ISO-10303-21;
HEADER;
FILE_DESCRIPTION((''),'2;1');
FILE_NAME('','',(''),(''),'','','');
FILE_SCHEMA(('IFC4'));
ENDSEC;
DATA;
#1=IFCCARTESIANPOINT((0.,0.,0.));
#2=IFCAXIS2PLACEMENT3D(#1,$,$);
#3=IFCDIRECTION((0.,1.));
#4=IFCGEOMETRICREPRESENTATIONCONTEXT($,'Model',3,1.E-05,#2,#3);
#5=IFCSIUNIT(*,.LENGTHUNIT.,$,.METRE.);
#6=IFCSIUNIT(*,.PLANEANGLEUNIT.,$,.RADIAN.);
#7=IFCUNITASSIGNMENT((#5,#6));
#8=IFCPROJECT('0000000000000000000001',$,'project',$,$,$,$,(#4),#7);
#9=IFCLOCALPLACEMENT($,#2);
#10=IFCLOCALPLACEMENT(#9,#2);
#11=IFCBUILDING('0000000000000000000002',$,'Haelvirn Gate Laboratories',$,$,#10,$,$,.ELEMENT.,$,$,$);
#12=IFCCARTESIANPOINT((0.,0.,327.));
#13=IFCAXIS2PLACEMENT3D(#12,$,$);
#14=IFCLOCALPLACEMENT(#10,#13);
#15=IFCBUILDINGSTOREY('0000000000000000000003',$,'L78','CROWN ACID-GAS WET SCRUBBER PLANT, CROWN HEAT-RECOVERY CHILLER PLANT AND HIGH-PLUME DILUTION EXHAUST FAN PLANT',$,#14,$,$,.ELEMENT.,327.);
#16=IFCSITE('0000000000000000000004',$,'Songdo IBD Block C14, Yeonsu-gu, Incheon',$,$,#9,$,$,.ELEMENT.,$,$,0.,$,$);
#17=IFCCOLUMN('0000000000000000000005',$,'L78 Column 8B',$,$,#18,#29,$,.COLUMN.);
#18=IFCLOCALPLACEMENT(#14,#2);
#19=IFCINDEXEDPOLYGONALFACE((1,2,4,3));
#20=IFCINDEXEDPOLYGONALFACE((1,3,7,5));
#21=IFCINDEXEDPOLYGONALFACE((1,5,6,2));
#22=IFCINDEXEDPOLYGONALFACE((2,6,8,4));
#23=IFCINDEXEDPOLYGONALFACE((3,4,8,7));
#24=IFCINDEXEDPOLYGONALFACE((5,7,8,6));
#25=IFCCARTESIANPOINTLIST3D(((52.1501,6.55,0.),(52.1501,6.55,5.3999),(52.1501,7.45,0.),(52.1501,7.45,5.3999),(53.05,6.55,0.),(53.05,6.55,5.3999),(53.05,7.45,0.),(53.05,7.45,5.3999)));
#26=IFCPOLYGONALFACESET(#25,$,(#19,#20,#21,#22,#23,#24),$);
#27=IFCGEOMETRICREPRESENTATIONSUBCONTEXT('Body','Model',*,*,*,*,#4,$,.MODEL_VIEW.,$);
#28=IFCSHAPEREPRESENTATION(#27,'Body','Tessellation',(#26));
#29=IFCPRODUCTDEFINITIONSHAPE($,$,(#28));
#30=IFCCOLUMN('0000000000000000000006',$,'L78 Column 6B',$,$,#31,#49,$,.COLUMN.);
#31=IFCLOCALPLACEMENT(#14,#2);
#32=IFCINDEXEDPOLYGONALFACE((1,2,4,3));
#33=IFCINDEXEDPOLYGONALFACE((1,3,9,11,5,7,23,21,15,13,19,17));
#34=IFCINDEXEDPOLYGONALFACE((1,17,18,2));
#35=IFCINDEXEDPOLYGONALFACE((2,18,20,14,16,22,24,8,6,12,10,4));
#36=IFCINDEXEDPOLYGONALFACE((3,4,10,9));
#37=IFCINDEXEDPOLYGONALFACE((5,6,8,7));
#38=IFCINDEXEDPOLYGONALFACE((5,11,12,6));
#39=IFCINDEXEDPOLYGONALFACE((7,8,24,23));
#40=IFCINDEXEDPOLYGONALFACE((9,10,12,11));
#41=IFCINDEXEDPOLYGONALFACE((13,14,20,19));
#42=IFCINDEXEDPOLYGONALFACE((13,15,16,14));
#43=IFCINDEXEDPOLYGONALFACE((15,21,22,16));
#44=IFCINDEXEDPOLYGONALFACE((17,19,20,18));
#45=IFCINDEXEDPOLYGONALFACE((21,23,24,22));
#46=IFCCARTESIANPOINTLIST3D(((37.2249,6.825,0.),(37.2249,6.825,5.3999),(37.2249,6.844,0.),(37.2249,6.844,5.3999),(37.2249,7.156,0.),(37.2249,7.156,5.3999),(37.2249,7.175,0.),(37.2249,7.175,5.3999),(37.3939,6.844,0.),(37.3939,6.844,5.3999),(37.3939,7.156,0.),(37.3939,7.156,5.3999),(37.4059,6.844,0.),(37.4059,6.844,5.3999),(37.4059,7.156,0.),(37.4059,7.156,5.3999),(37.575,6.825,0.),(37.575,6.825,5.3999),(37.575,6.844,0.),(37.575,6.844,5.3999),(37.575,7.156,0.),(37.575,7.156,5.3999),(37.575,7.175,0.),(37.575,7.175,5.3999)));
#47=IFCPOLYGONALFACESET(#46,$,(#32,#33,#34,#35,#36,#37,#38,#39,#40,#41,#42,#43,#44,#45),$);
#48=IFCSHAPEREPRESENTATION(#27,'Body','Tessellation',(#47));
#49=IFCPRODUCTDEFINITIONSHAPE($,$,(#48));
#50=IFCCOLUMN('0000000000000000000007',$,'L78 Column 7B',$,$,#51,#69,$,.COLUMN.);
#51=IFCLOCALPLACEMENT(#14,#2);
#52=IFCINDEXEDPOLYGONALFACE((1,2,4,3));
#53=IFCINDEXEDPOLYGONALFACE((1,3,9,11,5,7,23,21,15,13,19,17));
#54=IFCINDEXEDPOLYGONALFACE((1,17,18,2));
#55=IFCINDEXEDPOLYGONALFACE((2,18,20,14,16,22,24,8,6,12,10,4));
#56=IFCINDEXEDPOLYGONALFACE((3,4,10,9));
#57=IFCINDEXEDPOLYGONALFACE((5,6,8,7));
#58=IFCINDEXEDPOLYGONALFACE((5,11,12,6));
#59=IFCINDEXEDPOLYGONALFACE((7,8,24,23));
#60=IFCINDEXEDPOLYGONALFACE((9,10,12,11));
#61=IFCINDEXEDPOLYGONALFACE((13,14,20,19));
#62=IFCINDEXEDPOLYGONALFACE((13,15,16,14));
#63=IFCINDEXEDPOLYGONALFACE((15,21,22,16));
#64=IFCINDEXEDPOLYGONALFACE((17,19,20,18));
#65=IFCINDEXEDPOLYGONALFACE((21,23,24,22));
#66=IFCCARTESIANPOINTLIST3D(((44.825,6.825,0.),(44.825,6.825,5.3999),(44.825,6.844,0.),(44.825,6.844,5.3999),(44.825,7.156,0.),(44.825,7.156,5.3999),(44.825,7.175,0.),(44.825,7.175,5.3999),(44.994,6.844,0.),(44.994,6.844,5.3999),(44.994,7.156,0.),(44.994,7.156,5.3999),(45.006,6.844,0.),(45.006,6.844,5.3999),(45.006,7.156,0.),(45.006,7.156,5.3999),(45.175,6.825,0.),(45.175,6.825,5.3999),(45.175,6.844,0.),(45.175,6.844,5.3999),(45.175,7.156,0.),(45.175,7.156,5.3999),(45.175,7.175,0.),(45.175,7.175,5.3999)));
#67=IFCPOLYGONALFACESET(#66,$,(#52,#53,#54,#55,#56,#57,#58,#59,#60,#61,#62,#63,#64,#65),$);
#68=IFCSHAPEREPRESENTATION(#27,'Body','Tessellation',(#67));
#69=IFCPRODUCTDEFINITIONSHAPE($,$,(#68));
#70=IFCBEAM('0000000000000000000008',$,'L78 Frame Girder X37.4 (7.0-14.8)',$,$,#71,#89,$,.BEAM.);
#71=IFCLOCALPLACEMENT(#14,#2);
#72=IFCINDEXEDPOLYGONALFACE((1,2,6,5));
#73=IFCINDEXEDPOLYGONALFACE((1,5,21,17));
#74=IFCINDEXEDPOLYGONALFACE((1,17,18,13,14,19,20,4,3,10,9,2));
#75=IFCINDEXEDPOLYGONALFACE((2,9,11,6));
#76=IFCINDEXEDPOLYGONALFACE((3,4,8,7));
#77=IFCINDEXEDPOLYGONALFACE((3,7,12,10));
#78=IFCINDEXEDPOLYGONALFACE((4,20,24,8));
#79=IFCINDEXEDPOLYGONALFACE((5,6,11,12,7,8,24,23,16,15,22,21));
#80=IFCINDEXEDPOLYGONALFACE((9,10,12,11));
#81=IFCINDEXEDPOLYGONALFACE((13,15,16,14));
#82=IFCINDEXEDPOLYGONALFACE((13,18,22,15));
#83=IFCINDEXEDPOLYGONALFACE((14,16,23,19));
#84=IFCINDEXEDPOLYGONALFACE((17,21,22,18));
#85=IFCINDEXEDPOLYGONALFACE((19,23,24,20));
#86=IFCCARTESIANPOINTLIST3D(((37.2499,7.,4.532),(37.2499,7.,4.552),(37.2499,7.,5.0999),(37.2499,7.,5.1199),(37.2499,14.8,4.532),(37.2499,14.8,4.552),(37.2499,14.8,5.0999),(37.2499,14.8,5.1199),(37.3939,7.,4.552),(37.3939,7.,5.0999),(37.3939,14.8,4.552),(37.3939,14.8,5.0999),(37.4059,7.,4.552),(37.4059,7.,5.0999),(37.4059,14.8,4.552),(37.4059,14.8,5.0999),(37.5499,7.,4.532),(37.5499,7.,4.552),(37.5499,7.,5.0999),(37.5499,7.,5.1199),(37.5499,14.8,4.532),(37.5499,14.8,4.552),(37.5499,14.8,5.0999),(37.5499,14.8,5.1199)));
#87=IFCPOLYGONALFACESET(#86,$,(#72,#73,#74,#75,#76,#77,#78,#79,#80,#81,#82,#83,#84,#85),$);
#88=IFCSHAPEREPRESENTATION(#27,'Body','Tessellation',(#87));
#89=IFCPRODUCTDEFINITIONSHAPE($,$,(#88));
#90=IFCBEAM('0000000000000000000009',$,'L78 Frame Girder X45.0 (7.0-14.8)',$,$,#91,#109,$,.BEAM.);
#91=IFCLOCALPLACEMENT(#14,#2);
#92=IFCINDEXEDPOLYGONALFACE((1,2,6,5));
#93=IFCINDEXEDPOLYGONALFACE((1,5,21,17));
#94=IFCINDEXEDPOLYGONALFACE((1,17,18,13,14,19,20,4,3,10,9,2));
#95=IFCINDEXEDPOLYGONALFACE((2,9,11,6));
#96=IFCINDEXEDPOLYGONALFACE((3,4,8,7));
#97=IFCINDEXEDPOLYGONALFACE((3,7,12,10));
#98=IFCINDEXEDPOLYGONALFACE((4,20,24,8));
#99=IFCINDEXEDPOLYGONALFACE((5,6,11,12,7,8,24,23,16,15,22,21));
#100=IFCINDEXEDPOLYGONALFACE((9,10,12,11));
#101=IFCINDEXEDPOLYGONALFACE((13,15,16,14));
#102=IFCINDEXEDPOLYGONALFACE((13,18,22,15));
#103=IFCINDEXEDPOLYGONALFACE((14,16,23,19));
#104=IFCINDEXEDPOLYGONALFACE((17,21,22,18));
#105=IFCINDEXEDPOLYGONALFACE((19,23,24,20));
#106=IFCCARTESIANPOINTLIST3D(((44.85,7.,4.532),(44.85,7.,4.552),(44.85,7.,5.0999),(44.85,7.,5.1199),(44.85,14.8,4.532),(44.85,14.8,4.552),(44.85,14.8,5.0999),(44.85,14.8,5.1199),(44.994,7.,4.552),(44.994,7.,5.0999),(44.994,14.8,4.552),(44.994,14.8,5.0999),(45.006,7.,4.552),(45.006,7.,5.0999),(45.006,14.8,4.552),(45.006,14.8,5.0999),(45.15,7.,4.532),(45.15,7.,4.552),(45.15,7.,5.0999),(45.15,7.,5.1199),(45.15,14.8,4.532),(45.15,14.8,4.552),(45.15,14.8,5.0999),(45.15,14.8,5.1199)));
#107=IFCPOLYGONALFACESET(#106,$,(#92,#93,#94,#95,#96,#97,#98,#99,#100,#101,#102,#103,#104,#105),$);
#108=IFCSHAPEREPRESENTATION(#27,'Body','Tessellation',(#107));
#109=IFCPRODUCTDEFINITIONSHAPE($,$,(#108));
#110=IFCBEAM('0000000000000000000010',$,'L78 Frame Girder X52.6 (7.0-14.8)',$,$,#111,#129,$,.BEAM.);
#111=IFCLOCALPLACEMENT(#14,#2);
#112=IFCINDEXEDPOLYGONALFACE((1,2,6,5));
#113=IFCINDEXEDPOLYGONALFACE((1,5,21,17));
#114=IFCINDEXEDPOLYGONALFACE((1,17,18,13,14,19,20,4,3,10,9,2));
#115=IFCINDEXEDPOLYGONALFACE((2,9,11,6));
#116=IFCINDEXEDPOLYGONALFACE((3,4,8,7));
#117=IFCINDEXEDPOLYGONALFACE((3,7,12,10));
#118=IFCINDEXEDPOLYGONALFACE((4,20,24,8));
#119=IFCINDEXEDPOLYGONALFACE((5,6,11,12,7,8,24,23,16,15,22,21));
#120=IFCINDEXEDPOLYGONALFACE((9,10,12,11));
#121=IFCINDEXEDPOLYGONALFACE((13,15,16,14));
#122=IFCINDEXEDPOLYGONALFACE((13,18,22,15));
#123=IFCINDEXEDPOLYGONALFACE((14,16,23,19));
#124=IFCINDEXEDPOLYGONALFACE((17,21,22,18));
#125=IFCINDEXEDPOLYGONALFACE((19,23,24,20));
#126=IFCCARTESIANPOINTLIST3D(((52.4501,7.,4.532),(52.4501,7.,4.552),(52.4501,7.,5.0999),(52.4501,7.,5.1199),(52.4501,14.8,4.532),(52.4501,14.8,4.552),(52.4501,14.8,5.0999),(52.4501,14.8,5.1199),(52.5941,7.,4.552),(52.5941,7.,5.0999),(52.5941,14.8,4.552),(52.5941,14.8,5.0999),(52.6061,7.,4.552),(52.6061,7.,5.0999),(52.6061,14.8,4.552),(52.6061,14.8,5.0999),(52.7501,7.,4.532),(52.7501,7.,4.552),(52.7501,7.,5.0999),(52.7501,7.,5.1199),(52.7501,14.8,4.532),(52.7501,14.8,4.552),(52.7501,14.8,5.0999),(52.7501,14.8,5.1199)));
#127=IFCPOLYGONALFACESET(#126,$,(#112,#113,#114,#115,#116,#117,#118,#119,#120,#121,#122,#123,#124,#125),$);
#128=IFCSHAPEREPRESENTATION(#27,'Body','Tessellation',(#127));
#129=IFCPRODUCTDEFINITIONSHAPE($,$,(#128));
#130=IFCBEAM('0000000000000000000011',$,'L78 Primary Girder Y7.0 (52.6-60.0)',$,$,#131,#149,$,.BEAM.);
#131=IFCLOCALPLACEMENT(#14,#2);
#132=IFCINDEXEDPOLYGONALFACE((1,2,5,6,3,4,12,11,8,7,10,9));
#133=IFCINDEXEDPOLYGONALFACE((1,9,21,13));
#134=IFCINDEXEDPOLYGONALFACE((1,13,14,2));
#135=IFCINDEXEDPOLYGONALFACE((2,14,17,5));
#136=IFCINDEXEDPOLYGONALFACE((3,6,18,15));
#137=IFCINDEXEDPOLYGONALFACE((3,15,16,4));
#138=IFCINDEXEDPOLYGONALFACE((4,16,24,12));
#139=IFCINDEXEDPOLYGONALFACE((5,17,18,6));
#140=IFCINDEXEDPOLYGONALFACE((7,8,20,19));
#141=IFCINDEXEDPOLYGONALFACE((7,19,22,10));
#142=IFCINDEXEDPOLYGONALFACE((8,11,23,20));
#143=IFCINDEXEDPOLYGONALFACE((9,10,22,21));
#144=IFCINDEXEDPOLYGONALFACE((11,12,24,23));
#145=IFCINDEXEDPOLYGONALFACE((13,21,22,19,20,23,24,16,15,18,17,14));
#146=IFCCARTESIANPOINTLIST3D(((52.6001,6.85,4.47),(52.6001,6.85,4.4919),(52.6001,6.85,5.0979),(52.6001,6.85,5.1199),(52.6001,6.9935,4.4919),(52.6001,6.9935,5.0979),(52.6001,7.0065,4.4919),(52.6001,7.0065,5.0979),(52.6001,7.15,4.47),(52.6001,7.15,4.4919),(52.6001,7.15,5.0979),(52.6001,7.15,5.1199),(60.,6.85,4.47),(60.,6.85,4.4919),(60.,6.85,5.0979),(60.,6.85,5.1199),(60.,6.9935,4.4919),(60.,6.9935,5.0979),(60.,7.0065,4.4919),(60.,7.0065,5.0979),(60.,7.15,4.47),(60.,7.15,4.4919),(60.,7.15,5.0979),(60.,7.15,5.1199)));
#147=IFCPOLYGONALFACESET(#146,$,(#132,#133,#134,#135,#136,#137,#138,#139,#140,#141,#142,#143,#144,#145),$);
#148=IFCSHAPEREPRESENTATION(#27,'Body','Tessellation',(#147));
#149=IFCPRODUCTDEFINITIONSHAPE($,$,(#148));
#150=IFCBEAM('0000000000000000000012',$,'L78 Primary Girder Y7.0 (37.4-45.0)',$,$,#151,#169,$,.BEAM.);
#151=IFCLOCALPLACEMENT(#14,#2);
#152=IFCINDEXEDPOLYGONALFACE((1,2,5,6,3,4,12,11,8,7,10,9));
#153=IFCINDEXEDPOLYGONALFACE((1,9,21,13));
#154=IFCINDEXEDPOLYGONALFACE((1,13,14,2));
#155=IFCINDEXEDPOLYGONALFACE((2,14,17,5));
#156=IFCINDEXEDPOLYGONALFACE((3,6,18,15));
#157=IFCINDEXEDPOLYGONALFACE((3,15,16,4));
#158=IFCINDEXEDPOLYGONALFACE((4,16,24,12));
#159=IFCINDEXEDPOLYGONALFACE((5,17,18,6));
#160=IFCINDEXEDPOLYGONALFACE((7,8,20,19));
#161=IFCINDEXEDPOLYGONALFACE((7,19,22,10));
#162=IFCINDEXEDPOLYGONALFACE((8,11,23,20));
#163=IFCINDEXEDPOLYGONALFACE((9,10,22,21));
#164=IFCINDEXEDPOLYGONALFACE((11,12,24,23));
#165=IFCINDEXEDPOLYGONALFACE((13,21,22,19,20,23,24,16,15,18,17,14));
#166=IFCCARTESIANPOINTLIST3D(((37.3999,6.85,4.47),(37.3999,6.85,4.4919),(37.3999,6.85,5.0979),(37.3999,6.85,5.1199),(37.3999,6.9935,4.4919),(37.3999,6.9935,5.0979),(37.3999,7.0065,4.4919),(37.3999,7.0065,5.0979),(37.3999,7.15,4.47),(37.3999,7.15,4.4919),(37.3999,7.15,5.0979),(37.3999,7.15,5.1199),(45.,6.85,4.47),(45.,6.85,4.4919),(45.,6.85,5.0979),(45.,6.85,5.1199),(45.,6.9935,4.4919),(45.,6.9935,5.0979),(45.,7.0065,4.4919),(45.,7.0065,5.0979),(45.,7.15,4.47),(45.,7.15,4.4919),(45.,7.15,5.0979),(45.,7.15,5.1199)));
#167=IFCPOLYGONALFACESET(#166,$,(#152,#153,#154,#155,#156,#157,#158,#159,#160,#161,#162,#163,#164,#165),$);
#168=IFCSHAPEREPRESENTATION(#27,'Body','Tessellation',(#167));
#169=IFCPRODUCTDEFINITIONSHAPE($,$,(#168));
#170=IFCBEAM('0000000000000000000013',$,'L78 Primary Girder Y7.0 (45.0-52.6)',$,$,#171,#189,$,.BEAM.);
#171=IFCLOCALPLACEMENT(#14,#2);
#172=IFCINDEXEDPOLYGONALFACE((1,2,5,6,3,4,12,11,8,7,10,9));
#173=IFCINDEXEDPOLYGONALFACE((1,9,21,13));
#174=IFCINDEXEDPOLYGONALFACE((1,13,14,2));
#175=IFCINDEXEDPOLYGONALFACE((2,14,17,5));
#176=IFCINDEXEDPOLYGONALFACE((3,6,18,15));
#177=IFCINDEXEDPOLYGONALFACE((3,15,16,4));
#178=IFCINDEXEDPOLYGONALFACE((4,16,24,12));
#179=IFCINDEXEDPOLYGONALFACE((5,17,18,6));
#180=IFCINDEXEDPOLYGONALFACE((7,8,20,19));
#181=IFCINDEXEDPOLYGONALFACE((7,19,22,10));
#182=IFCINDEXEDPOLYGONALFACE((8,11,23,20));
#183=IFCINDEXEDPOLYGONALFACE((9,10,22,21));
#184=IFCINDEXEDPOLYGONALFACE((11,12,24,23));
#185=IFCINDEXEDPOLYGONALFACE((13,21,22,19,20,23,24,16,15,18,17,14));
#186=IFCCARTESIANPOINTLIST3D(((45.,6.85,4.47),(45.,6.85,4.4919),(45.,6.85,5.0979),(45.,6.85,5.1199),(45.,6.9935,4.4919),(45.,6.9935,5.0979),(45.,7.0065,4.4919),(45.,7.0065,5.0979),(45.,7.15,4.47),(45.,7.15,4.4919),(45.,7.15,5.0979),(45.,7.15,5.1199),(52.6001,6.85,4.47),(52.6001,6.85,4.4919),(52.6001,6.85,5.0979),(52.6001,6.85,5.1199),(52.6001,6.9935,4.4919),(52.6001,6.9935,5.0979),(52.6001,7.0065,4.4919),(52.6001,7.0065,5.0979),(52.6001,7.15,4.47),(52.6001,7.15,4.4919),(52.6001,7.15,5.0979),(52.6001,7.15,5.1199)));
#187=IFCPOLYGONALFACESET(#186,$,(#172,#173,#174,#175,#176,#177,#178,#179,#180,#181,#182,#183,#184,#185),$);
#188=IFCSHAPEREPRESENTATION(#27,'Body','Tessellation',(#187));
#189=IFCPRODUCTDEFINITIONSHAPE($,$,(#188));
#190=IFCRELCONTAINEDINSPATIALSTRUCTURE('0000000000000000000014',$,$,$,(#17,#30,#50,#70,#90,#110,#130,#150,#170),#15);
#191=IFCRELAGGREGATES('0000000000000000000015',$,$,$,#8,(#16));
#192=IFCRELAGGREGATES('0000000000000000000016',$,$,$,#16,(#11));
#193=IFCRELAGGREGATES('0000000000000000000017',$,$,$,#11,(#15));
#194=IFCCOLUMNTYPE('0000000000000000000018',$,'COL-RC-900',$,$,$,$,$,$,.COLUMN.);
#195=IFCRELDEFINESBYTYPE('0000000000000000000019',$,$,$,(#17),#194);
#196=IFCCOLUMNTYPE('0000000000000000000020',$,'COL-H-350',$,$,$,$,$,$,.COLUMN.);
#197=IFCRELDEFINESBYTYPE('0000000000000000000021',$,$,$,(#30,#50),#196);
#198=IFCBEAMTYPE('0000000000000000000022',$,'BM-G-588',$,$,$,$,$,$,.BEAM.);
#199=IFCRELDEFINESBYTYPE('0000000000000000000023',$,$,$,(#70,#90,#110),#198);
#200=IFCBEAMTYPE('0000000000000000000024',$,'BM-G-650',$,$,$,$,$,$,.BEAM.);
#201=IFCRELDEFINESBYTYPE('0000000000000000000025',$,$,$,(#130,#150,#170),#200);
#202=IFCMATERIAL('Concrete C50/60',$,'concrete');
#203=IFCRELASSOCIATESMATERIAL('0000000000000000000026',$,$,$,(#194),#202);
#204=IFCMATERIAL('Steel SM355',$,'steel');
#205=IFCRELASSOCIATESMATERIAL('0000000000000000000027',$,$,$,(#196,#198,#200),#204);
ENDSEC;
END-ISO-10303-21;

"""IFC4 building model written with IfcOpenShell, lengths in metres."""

from ifc_helpers import new_model, si_unit, direction, frame, origin, origin_2d, place, context, subcontext, project, spatial, rectangle, i_section, extrude, source, transform, mapped, material, material_profile, profile_set, type_object, type_shapes, element, save


model = new_model("IFC4")

# Units and contexts
model_context = context("Model", 3, precision=1e-05, world=origin(), true_north=direction((0.0, 1.0)))
body_context = subcontext(model_context, "Body", "Model", "MODEL_VIEW")
ifc_project = project(units=[si_unit("LENGTHUNIT", "METRE"), si_unit("PLANEANGLEUNIT", "RADIAN")], contexts=[model_context])

# Site, building, storey
site_placement = place(None, origin())
site = spatial("IfcSite", under=ifc_project, at=site_placement, Name="Songdo IBD Block C14, Yeonsu-gu, Incheon", CompositionType="ELEMENT", RefElevation=0.0)
building_placement = place(site_placement, origin())
building = spatial("IfcBuilding", under=site, at=building_placement, Name="Haelvirn Gate Laboratories", CompositionType="ELEMENT")
storey_placement = place(building_placement, frame((0.0, 0.0, 327.0)))
storey = spatial("IfcBuildingStorey", under=building, at=storey_placement, Name="L78", Description="CROWN ACID-GAS WET SCRUBBER PLANT, CROWN HEAT-RECOVERY CHILLER PLANT AND HIGH-PLUME DILUTION EXHAUST FAN PLANT", CompositionType="ELEMENT", Elevation=327.0)

# Columns
ifc_material_1 = material(Name="Concrete C50/60", Category="concrete")
ifc_material_profile_1 = material_profile(ifc_material_1, rectangle(XDim=0.8999, YDim=0.8999, at=origin_2d()), Name="RC-900x900")
ifc_profile_set_1 = profile_set([ifc_material_profile_1], Name="Concrete C50/60")
column_type_1 = type_object("IfcColumnType", Name="COL-RC-900", PredefinedType="COLUMN", material=ifc_profile_set_1)
shared_shape_1 = source(origin(), body_context, "Body", "SweptSolid", [
    extrude(rectangle(XDim=0.8999, YDim=0.8999, at=origin_2d()), origin(), (0.0, 0.0, 1.0), 5.3999),
])
type_shapes(column_type_1, [shared_shape_1])
column_placement = place(storey_placement, frame((52.6001, 7.0, 0.0), z_axis=(0.0, 0.0, 1.0), x_axis=(1.0, 0.0, 0.0)))
element("IfcColumn", 1, at=column_placement, inside=storey, type_object=column_type_1, Name="L78 Column 8B", PredefinedType="COLUMN", context=body_context, shape_type="MappedRepresentation", body=[
    mapped(shared_shape_1, transform((0.0, 0.0, 0.0), scale=1.0)),
])
ifc_material_2 = material(Name="Steel SM355", Category="steel")
ifc_material_profile_2 = material_profile(ifc_material_2, i_section(OverallWidth=0.3501, OverallDepth=0.3501, WebThickness=0.012, FlangeThickness=0.019, at=origin_2d()), Name="H-350x350x12x19")
ifc_profile_set_2 = profile_set([ifc_material_profile_2], Name="Steel SM355")
column_type_2 = type_object("IfcColumnType", Name="COL-H-350", PredefinedType="COLUMN", material=ifc_profile_set_2)
shared_shape_2 = source(origin(), body_context, "Body", "SweptSolid", [
    extrude(i_section(OverallWidth=0.3501, OverallDepth=0.3501, WebThickness=0.012, FlangeThickness=0.019, at=origin_2d()), origin(), (0.0, 0.0, 1.0), 5.3999),
])
type_shapes(column_type_2, [shared_shape_2])
for number, where, z_axis, x_axis, name in (
    (2, (37.3999, 7.0, 0.0), (0.0, 0.0, 1.0), (1.0, 0.0, 0.0), "L78 Column 6B"),
    (3, (45.0, 7.0, 0.0), (0.0, 0.0, 1.0), (1.0, 0.0, 0.0), "L78 Column 7B"),
):
    element("IfcColumn", number, at=place(storey_placement, frame(where, z_axis=z_axis, x_axis=x_axis)), inside=storey, type_object=column_type_2, Name=name, PredefinedType="COLUMN", context=body_context, shape_type="MappedRepresentation", body=[
        mapped(shared_shape_2, transform((0.0, 0.0, 0.0), scale=1.0)),
    ])

# Beams
ifc_material_profile_3 = material_profile(ifc_material_2, i_section(OverallWidth=0.3, OverallDepth=0.5879, WebThickness=0.012, FlangeThickness=0.02, at=origin_2d()), Name="H-588x300x12x20")
ifc_profile_set_3 = profile_set([ifc_material_profile_3], Name="Steel SM355")
beam_type_1 = type_object("IfcBeamType", Name="BM-G-588", PredefinedType="BEAM", material=ifc_profile_set_3)
shared_shape_3 = source(origin(), body_context, "Body", "SweptSolid", [
    extrude(i_section(OverallWidth=0.3, OverallDepth=0.5879, WebThickness=0.012, FlangeThickness=0.02, at=origin_2d()), origin(), (0.0, 0.0, 1.0), 7.8),
])
type_shapes(beam_type_1, [shared_shape_3])
for number, where, z_axis, x_axis, name in (
    (4, (37.3999, 7.0, 4.8259), (0.0, 1.0, 0.0), (-1.0, 0.0, 0.0), "L78 Frame Girder X37.4 (7.0-14.8)"),
    (5, (45.0, 7.0, 4.8259), (0.0, 1.0, 0.0), (-1.0, 0.0, 0.0), "L78 Frame Girder X45.0 (7.0-14.8)"),
    (6, (52.6001, 7.0, 4.8259), (0.0, 1.0, 0.0), (-1.0, 0.0, 0.0), "L78 Frame Girder X52.6 (7.0-14.8)"),
):
    element("IfcBeam", number, at=place(storey_placement, frame(where, z_axis=z_axis, x_axis=x_axis)), inside=storey, type_object=beam_type_1, Name=name, PredefinedType="BEAM", context=body_context, shape_type="MappedRepresentation", body=[
        mapped(shared_shape_3, transform((0.0, 0.0, 0.0), scale=1.0)),
    ])
ifc_material_profile_4 = material_profile(ifc_material_2, i_section(OverallWidth=0.3, OverallDepth=0.6499, WebThickness=0.0129, FlangeThickness=0.022, at=origin_2d()), Name="H-650x300x13x22")
ifc_profile_set_4 = profile_set([ifc_material_profile_4], Name="Steel SM355")
beam_type_2 = type_object("IfcBeamType", Name="BM-G-650", PredefinedType="BEAM", material=ifc_profile_set_4)
shared_shape_4 = source(origin(), body_context, "Body", "SweptSolid", [
    extrude(i_section(OverallWidth=0.3, OverallDepth=0.6499, WebThickness=0.0129, FlangeThickness=0.022, at=origin_2d()), origin(), (0.0, 0.0, 1.0), 7.3999),
])
beam_placement = place(storey_placement, frame((52.6001, 7.0, 4.7949), z_axis=(1.0, 0.0, 0.0), x_axis=(0.0, 1.0, 0.0)))
element("IfcBeam", 7, at=beam_placement, inside=storey, type_object=beam_type_2, Name="L78 Primary Girder Y7.0 (52.6-60.0)", PredefinedType="BEAM", context=body_context, shape_type="MappedRepresentation", body=[
    mapped(shared_shape_4, transform((0.0, 0.0, 0.0), scale=1.0)),
])
shared_shape_5 = source(origin(), body_context, "Body", "SweptSolid", [
    extrude(i_section(OverallWidth=0.3, OverallDepth=0.6499, WebThickness=0.0129, FlangeThickness=0.022, at=origin_2d()), origin(), (0.0, 0.0, 1.0), 7.6001),
])
type_shapes(beam_type_2, [shared_shape_4, shared_shape_5])
for number, where, z_axis, x_axis, name in (
    (8, (37.3999, 7.0, 4.7949), (1.0, 0.0, 0.0), (0.0, 1.0, 0.0), "L78 Primary Girder Y7.0 (37.4-45.0)"),
    (9, (45.0, 7.0, 4.7949), (1.0, 0.0, 0.0), (0.0, 1.0, 0.0), "L78 Primary Girder Y7.0 (45.0-52.6)"),
):
    element("IfcBeam", number, at=place(storey_placement, frame(where, z_axis=z_axis, x_axis=x_axis)), inside=storey, type_object=beam_type_2, Name=name, PredefinedType="BEAM", context=body_context, shape_type="MappedRepresentation", body=[
        mapped(shared_shape_5, transform((0.0, 0.0, 0.0), scale=1.0)),
    ])

save(model, "model.ifc")
